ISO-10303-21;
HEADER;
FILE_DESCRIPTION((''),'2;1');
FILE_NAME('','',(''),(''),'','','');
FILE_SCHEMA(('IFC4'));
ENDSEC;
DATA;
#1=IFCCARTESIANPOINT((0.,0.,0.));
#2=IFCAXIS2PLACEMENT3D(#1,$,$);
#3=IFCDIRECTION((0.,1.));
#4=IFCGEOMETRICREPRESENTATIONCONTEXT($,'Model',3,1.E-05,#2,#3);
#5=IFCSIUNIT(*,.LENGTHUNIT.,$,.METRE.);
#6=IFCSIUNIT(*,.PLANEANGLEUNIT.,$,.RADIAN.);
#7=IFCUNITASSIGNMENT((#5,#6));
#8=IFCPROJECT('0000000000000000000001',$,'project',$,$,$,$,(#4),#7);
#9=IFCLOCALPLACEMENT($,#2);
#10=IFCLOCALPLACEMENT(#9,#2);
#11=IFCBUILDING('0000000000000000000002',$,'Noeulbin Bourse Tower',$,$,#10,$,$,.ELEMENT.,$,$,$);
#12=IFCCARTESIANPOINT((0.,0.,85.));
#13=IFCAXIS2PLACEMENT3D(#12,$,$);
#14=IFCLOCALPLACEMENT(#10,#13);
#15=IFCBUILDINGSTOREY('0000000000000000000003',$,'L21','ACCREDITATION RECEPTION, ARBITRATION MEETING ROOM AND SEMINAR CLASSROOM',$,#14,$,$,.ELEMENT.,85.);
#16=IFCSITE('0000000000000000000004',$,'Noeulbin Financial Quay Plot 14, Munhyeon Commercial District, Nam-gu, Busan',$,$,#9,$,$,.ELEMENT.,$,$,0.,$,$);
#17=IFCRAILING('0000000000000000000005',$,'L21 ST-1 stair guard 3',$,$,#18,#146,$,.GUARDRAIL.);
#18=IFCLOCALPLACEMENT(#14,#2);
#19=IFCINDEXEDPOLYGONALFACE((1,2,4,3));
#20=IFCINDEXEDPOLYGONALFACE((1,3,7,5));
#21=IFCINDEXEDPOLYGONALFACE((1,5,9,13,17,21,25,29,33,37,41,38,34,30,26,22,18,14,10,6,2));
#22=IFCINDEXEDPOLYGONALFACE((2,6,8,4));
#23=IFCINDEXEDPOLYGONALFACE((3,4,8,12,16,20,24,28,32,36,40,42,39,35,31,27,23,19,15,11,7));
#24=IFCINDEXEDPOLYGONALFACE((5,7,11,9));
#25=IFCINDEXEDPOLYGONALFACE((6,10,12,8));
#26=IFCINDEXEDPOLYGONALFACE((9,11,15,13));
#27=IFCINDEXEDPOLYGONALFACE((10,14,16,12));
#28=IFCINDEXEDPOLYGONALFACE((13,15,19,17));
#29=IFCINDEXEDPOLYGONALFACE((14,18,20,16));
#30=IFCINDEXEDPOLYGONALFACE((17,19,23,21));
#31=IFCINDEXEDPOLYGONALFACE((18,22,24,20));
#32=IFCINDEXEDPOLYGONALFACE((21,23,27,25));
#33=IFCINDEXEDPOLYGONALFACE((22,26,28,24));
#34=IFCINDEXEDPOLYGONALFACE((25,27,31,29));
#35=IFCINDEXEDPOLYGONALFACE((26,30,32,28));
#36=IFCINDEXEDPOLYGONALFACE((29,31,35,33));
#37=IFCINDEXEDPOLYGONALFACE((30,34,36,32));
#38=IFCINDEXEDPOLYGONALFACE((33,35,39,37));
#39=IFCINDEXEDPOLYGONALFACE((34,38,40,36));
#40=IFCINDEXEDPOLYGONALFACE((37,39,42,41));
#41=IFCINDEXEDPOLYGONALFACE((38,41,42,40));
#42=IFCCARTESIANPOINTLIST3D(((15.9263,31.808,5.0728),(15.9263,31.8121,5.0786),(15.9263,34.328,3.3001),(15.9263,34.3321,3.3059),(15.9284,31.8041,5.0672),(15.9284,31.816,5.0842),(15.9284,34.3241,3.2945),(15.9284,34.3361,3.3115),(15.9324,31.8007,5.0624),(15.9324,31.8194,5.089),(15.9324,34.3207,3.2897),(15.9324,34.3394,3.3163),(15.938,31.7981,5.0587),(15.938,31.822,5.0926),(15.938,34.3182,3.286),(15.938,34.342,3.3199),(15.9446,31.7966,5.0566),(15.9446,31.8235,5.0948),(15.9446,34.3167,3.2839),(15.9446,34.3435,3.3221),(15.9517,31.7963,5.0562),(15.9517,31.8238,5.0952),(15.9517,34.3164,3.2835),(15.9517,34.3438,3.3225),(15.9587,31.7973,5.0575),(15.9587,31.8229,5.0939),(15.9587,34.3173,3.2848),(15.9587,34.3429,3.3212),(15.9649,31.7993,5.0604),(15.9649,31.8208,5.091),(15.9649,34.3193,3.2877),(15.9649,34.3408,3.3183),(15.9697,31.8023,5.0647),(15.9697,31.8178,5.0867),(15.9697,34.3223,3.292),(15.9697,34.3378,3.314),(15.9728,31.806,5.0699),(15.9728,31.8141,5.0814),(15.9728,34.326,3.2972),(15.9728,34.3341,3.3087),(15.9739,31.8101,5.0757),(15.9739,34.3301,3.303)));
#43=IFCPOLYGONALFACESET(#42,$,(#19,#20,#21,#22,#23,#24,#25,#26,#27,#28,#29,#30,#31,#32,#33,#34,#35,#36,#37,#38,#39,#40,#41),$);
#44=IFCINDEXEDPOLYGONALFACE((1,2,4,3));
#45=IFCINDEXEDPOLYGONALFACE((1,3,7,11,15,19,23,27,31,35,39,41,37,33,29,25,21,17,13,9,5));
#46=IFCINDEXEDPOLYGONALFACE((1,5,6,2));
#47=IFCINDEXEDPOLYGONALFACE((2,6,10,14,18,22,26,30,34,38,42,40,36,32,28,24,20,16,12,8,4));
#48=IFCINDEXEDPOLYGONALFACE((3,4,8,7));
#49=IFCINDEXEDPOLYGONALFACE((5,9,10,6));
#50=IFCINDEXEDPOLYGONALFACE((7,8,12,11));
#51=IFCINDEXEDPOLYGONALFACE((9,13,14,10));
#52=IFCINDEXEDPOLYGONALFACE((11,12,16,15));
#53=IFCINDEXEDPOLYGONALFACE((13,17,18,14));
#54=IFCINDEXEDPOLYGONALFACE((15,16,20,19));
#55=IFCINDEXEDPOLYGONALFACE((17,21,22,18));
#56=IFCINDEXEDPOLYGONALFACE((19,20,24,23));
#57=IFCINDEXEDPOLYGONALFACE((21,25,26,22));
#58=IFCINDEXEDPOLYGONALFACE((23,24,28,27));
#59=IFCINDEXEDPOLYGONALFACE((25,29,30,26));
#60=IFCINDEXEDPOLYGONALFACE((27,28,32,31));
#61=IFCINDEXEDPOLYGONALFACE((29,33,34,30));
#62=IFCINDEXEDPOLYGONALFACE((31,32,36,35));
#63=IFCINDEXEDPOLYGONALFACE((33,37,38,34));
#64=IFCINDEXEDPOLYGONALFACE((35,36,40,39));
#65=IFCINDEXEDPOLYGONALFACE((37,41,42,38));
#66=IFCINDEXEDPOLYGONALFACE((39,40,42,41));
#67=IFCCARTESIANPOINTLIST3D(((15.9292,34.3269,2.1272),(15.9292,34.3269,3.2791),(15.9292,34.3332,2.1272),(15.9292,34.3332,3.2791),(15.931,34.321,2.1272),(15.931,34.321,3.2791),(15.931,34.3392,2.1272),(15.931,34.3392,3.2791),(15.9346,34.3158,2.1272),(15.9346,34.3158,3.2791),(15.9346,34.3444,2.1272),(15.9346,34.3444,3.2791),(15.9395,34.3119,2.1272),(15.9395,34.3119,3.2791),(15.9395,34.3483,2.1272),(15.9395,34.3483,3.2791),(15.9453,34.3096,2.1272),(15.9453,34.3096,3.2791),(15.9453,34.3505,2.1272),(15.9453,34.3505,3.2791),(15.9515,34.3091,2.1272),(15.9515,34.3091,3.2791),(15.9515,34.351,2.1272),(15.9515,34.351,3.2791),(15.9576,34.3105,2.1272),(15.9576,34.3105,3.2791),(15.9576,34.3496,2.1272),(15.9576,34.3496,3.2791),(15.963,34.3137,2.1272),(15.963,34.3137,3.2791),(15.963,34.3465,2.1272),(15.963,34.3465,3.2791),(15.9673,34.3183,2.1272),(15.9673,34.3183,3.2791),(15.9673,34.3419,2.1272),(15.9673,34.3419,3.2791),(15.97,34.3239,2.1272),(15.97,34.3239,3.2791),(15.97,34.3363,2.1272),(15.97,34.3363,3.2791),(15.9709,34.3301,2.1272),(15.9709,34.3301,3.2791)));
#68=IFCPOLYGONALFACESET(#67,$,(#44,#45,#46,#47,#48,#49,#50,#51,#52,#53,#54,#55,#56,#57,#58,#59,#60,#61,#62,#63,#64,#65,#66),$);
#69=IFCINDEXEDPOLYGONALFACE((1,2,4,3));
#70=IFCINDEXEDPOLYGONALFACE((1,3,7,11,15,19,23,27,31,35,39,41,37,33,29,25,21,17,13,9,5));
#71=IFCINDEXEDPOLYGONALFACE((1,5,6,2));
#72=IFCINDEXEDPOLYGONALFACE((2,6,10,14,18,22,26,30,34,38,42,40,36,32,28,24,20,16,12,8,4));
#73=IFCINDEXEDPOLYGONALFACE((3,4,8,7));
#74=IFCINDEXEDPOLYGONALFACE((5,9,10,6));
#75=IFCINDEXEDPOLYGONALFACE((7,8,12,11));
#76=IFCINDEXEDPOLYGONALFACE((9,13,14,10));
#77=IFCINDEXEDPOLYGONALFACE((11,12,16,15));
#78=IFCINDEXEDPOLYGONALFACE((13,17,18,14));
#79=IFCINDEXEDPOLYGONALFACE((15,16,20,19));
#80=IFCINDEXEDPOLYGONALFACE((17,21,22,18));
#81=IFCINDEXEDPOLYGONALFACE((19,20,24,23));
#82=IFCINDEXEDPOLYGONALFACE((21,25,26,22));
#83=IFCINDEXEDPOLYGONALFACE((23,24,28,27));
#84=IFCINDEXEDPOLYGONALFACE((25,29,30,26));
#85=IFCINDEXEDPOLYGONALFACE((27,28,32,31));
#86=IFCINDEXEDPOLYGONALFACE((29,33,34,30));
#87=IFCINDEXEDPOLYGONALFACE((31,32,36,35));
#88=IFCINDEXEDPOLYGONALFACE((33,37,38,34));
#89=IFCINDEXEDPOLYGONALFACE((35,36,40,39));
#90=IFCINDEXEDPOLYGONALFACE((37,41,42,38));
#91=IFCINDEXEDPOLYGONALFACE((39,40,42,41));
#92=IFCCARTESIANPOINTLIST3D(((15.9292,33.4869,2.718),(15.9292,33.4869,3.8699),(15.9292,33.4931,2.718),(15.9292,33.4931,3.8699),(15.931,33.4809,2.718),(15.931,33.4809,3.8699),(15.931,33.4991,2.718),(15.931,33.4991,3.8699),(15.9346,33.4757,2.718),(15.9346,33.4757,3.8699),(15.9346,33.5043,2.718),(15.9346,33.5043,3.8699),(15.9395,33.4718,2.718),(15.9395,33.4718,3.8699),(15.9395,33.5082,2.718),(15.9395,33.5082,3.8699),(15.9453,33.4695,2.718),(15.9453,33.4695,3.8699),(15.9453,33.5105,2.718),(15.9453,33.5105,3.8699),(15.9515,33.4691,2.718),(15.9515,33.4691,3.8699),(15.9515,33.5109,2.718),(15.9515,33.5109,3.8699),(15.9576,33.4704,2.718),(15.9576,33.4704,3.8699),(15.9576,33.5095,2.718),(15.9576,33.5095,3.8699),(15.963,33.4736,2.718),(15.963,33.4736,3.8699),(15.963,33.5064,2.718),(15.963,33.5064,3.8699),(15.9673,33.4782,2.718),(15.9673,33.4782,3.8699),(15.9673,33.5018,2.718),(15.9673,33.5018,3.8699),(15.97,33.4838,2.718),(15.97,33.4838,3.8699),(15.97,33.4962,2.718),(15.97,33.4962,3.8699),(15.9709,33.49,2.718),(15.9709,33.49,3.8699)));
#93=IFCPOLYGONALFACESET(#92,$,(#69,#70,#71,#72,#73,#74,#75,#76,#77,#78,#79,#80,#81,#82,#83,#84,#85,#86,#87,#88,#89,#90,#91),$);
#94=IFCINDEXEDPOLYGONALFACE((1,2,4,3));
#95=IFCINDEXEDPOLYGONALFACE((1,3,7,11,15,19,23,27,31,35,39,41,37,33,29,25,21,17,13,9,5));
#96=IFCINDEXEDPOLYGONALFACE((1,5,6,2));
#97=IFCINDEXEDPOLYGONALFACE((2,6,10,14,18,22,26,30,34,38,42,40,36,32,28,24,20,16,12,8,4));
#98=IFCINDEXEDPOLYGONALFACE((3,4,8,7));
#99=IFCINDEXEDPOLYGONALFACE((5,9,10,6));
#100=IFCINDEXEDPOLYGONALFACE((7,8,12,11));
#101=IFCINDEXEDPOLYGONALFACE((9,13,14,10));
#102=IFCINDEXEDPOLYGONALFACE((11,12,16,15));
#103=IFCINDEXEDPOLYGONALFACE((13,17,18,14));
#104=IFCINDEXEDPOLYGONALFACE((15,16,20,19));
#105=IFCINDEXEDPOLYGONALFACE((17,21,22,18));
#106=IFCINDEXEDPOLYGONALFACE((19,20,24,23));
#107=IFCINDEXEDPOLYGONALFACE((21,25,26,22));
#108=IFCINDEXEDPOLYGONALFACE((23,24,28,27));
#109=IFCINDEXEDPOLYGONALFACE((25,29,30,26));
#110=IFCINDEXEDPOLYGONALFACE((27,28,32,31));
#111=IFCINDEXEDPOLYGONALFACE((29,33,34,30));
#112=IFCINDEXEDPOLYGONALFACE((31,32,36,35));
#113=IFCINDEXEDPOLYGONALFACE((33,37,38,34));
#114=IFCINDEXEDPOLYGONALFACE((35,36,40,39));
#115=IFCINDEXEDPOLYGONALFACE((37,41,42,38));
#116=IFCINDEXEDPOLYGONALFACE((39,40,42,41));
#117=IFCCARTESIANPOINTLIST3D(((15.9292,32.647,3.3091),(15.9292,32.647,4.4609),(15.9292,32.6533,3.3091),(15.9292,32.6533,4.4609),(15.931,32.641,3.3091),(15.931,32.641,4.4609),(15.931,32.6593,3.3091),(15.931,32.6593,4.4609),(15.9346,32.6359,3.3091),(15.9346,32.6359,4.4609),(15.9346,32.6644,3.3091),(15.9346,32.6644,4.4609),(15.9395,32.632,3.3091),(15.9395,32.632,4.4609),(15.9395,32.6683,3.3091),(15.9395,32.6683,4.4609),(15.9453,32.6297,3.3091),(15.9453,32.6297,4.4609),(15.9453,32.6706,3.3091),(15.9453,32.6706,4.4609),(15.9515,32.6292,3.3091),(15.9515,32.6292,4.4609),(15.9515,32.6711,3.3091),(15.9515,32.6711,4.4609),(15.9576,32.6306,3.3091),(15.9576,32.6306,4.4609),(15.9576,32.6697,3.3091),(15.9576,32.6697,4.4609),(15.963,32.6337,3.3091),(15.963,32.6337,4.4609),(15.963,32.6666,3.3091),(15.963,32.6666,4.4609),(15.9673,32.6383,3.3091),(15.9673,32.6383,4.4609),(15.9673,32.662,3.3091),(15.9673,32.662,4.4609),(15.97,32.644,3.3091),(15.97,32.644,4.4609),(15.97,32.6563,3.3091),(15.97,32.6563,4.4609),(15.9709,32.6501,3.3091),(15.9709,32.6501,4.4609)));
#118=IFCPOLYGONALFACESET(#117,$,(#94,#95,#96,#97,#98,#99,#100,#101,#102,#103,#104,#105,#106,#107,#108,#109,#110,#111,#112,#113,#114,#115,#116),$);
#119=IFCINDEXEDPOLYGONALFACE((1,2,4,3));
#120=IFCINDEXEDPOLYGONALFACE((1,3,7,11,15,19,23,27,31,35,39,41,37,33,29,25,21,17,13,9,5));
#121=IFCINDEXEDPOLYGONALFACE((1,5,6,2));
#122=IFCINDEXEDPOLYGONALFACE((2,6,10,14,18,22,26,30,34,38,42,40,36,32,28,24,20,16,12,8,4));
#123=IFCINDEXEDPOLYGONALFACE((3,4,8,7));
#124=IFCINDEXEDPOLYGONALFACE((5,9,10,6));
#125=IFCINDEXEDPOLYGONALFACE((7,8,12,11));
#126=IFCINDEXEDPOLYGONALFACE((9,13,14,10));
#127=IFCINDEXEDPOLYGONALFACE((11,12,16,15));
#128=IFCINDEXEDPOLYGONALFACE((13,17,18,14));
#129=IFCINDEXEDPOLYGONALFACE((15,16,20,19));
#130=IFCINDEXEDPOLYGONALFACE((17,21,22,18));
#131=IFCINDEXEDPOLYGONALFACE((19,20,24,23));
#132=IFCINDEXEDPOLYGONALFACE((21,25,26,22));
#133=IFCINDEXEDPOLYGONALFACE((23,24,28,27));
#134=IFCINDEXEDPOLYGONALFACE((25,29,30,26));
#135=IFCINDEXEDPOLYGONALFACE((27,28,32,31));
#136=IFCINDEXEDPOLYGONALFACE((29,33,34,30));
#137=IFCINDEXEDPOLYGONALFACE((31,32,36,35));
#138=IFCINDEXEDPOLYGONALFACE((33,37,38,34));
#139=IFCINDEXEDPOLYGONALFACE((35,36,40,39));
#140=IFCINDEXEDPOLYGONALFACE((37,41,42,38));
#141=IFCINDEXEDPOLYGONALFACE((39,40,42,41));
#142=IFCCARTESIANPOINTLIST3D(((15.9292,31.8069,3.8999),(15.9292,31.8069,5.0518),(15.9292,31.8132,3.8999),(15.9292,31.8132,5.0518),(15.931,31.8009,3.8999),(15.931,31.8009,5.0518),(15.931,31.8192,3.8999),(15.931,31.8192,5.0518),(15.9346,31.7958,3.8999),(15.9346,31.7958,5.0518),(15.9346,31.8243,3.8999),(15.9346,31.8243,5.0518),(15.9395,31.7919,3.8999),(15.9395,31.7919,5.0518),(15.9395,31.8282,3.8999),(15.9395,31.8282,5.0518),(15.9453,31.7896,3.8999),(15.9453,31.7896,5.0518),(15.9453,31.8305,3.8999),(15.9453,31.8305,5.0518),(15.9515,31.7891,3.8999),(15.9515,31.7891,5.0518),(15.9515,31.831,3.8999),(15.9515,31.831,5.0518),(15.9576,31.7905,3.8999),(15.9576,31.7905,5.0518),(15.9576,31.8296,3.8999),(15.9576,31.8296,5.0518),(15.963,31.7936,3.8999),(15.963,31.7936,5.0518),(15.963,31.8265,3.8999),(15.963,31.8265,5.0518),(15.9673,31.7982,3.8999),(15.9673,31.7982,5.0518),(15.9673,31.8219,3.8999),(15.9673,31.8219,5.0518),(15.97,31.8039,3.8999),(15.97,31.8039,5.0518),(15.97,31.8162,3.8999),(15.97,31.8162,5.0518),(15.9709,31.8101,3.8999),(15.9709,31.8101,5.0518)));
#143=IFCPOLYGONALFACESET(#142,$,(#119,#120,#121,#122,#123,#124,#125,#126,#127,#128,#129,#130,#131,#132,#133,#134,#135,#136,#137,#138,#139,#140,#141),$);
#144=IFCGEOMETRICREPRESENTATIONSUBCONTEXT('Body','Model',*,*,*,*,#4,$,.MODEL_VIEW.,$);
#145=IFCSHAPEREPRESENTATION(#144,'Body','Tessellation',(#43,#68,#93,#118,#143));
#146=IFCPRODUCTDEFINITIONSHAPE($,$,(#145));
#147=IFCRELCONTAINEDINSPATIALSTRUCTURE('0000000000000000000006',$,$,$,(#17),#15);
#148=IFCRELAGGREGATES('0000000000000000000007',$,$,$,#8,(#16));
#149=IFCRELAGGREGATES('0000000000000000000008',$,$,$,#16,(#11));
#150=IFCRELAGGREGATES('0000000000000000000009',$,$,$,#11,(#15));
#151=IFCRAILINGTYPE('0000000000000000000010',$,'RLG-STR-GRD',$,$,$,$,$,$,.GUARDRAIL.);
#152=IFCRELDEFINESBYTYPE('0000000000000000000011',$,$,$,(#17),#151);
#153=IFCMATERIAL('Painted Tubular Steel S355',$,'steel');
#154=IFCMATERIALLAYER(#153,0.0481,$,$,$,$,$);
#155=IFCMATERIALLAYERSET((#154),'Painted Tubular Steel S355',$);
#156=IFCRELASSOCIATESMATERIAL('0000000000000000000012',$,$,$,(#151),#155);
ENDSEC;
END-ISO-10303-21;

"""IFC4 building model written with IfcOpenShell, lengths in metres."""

from ifc_helpers import new_model, si_unit, direction, frame, origin, origin_2d, place, context, subcontext, project, spatial, circle, extrude, material, layer, layer_set, type_object, element, save


model = new_model("IFC4")

# Units and contexts
model_context = context("Model", 3, precision=1e-05, world=origin(), true_north=direction((0.0, 1.0)))
body_context = subcontext(model_context, "Body", "Model", "MODEL_VIEW")
ifc_project = project(units=[si_unit("LENGTHUNIT", "METRE"), si_unit("PLANEANGLEUNIT", "RADIAN")], contexts=[model_context])

# Site, building, storey
site_placement = place(None, origin())
site = spatial("IfcSite", under=ifc_project, at=site_placement, Name="Noeulbin Financial Quay Plot 14, Munhyeon Commercial District, Nam-gu, Busan", CompositionType="ELEMENT", RefElevation=0.0)
building_placement = place(site_placement, origin())
building = spatial("IfcBuilding", under=site, at=building_placement, Name="Noeulbin Bourse Tower", CompositionType="ELEMENT")
storey_placement = place(building_placement, frame((0.0, 0.0, 85.0)))
storey = spatial("IfcBuildingStorey", under=building, at=storey_placement, Name="L21", Description="ACCREDITATION RECEPTION, ARBITRATION MEETING ROOM AND SEMINAR CLASSROOM", CompositionType="ELEMENT", Elevation=85.0)

# Railing
ifc_material_1 = material(Name="Painted Tubular Steel S355", Category="steel")
ifc_layer_1 = layer(ifc_material_1, 0.0481)
ifc_layer_set_1 = layer_set([ifc_layer_1], Name="Painted Tubular Steel S355")
railing_type_1 = type_object("IfcRailingType", Name="RLG-STR-GRD", PredefinedType="GUARDRAIL", material=ifc_layer_set_1)
railing_1_placement = place(storey_placement, frame((15.95, 34.3301, 2.1272)))
element("IfcRailing", 1, at=railing_1_placement, inside=storey, type_object=railing_type_1, Name="L21 ST-1 stair guard 3", PredefinedType="GUARDRAIL", context=body_context, shape_type="SweptSolid", body=[
    extrude(circle(Radius=0.0239, at=origin_2d()), frame((0.0, 0.0, 1.1758), z_axis=(0.0, -0.817904, 0.575354), x_axis=(1.0, 0.0, 0.0)), (0.0, 0.0, 1.0), 3.0811),
    extrude(circle(Radius=0.021, at=origin_2d()), origin(), (0.0, 0.0, 1.0), 1.1519),
    extrude(circle(Radius=0.021, at=origin_2d()), frame((0.0, -0.8401, 0.5908)), (0.0, 0.0, 1.0), 1.1519),
    extrude(circle(Radius=0.021, at=origin_2d()), frame((0.0, -1.6799, 1.1819)), (0.0, 0.0, 1.0), 1.1519),
    extrude(circle(Radius=0.021, at=origin_2d()), frame((0.0, -2.52, 1.7727)), (0.0, 0.0, 1.0), 1.1519),
])

save(model, "model.ifc")
